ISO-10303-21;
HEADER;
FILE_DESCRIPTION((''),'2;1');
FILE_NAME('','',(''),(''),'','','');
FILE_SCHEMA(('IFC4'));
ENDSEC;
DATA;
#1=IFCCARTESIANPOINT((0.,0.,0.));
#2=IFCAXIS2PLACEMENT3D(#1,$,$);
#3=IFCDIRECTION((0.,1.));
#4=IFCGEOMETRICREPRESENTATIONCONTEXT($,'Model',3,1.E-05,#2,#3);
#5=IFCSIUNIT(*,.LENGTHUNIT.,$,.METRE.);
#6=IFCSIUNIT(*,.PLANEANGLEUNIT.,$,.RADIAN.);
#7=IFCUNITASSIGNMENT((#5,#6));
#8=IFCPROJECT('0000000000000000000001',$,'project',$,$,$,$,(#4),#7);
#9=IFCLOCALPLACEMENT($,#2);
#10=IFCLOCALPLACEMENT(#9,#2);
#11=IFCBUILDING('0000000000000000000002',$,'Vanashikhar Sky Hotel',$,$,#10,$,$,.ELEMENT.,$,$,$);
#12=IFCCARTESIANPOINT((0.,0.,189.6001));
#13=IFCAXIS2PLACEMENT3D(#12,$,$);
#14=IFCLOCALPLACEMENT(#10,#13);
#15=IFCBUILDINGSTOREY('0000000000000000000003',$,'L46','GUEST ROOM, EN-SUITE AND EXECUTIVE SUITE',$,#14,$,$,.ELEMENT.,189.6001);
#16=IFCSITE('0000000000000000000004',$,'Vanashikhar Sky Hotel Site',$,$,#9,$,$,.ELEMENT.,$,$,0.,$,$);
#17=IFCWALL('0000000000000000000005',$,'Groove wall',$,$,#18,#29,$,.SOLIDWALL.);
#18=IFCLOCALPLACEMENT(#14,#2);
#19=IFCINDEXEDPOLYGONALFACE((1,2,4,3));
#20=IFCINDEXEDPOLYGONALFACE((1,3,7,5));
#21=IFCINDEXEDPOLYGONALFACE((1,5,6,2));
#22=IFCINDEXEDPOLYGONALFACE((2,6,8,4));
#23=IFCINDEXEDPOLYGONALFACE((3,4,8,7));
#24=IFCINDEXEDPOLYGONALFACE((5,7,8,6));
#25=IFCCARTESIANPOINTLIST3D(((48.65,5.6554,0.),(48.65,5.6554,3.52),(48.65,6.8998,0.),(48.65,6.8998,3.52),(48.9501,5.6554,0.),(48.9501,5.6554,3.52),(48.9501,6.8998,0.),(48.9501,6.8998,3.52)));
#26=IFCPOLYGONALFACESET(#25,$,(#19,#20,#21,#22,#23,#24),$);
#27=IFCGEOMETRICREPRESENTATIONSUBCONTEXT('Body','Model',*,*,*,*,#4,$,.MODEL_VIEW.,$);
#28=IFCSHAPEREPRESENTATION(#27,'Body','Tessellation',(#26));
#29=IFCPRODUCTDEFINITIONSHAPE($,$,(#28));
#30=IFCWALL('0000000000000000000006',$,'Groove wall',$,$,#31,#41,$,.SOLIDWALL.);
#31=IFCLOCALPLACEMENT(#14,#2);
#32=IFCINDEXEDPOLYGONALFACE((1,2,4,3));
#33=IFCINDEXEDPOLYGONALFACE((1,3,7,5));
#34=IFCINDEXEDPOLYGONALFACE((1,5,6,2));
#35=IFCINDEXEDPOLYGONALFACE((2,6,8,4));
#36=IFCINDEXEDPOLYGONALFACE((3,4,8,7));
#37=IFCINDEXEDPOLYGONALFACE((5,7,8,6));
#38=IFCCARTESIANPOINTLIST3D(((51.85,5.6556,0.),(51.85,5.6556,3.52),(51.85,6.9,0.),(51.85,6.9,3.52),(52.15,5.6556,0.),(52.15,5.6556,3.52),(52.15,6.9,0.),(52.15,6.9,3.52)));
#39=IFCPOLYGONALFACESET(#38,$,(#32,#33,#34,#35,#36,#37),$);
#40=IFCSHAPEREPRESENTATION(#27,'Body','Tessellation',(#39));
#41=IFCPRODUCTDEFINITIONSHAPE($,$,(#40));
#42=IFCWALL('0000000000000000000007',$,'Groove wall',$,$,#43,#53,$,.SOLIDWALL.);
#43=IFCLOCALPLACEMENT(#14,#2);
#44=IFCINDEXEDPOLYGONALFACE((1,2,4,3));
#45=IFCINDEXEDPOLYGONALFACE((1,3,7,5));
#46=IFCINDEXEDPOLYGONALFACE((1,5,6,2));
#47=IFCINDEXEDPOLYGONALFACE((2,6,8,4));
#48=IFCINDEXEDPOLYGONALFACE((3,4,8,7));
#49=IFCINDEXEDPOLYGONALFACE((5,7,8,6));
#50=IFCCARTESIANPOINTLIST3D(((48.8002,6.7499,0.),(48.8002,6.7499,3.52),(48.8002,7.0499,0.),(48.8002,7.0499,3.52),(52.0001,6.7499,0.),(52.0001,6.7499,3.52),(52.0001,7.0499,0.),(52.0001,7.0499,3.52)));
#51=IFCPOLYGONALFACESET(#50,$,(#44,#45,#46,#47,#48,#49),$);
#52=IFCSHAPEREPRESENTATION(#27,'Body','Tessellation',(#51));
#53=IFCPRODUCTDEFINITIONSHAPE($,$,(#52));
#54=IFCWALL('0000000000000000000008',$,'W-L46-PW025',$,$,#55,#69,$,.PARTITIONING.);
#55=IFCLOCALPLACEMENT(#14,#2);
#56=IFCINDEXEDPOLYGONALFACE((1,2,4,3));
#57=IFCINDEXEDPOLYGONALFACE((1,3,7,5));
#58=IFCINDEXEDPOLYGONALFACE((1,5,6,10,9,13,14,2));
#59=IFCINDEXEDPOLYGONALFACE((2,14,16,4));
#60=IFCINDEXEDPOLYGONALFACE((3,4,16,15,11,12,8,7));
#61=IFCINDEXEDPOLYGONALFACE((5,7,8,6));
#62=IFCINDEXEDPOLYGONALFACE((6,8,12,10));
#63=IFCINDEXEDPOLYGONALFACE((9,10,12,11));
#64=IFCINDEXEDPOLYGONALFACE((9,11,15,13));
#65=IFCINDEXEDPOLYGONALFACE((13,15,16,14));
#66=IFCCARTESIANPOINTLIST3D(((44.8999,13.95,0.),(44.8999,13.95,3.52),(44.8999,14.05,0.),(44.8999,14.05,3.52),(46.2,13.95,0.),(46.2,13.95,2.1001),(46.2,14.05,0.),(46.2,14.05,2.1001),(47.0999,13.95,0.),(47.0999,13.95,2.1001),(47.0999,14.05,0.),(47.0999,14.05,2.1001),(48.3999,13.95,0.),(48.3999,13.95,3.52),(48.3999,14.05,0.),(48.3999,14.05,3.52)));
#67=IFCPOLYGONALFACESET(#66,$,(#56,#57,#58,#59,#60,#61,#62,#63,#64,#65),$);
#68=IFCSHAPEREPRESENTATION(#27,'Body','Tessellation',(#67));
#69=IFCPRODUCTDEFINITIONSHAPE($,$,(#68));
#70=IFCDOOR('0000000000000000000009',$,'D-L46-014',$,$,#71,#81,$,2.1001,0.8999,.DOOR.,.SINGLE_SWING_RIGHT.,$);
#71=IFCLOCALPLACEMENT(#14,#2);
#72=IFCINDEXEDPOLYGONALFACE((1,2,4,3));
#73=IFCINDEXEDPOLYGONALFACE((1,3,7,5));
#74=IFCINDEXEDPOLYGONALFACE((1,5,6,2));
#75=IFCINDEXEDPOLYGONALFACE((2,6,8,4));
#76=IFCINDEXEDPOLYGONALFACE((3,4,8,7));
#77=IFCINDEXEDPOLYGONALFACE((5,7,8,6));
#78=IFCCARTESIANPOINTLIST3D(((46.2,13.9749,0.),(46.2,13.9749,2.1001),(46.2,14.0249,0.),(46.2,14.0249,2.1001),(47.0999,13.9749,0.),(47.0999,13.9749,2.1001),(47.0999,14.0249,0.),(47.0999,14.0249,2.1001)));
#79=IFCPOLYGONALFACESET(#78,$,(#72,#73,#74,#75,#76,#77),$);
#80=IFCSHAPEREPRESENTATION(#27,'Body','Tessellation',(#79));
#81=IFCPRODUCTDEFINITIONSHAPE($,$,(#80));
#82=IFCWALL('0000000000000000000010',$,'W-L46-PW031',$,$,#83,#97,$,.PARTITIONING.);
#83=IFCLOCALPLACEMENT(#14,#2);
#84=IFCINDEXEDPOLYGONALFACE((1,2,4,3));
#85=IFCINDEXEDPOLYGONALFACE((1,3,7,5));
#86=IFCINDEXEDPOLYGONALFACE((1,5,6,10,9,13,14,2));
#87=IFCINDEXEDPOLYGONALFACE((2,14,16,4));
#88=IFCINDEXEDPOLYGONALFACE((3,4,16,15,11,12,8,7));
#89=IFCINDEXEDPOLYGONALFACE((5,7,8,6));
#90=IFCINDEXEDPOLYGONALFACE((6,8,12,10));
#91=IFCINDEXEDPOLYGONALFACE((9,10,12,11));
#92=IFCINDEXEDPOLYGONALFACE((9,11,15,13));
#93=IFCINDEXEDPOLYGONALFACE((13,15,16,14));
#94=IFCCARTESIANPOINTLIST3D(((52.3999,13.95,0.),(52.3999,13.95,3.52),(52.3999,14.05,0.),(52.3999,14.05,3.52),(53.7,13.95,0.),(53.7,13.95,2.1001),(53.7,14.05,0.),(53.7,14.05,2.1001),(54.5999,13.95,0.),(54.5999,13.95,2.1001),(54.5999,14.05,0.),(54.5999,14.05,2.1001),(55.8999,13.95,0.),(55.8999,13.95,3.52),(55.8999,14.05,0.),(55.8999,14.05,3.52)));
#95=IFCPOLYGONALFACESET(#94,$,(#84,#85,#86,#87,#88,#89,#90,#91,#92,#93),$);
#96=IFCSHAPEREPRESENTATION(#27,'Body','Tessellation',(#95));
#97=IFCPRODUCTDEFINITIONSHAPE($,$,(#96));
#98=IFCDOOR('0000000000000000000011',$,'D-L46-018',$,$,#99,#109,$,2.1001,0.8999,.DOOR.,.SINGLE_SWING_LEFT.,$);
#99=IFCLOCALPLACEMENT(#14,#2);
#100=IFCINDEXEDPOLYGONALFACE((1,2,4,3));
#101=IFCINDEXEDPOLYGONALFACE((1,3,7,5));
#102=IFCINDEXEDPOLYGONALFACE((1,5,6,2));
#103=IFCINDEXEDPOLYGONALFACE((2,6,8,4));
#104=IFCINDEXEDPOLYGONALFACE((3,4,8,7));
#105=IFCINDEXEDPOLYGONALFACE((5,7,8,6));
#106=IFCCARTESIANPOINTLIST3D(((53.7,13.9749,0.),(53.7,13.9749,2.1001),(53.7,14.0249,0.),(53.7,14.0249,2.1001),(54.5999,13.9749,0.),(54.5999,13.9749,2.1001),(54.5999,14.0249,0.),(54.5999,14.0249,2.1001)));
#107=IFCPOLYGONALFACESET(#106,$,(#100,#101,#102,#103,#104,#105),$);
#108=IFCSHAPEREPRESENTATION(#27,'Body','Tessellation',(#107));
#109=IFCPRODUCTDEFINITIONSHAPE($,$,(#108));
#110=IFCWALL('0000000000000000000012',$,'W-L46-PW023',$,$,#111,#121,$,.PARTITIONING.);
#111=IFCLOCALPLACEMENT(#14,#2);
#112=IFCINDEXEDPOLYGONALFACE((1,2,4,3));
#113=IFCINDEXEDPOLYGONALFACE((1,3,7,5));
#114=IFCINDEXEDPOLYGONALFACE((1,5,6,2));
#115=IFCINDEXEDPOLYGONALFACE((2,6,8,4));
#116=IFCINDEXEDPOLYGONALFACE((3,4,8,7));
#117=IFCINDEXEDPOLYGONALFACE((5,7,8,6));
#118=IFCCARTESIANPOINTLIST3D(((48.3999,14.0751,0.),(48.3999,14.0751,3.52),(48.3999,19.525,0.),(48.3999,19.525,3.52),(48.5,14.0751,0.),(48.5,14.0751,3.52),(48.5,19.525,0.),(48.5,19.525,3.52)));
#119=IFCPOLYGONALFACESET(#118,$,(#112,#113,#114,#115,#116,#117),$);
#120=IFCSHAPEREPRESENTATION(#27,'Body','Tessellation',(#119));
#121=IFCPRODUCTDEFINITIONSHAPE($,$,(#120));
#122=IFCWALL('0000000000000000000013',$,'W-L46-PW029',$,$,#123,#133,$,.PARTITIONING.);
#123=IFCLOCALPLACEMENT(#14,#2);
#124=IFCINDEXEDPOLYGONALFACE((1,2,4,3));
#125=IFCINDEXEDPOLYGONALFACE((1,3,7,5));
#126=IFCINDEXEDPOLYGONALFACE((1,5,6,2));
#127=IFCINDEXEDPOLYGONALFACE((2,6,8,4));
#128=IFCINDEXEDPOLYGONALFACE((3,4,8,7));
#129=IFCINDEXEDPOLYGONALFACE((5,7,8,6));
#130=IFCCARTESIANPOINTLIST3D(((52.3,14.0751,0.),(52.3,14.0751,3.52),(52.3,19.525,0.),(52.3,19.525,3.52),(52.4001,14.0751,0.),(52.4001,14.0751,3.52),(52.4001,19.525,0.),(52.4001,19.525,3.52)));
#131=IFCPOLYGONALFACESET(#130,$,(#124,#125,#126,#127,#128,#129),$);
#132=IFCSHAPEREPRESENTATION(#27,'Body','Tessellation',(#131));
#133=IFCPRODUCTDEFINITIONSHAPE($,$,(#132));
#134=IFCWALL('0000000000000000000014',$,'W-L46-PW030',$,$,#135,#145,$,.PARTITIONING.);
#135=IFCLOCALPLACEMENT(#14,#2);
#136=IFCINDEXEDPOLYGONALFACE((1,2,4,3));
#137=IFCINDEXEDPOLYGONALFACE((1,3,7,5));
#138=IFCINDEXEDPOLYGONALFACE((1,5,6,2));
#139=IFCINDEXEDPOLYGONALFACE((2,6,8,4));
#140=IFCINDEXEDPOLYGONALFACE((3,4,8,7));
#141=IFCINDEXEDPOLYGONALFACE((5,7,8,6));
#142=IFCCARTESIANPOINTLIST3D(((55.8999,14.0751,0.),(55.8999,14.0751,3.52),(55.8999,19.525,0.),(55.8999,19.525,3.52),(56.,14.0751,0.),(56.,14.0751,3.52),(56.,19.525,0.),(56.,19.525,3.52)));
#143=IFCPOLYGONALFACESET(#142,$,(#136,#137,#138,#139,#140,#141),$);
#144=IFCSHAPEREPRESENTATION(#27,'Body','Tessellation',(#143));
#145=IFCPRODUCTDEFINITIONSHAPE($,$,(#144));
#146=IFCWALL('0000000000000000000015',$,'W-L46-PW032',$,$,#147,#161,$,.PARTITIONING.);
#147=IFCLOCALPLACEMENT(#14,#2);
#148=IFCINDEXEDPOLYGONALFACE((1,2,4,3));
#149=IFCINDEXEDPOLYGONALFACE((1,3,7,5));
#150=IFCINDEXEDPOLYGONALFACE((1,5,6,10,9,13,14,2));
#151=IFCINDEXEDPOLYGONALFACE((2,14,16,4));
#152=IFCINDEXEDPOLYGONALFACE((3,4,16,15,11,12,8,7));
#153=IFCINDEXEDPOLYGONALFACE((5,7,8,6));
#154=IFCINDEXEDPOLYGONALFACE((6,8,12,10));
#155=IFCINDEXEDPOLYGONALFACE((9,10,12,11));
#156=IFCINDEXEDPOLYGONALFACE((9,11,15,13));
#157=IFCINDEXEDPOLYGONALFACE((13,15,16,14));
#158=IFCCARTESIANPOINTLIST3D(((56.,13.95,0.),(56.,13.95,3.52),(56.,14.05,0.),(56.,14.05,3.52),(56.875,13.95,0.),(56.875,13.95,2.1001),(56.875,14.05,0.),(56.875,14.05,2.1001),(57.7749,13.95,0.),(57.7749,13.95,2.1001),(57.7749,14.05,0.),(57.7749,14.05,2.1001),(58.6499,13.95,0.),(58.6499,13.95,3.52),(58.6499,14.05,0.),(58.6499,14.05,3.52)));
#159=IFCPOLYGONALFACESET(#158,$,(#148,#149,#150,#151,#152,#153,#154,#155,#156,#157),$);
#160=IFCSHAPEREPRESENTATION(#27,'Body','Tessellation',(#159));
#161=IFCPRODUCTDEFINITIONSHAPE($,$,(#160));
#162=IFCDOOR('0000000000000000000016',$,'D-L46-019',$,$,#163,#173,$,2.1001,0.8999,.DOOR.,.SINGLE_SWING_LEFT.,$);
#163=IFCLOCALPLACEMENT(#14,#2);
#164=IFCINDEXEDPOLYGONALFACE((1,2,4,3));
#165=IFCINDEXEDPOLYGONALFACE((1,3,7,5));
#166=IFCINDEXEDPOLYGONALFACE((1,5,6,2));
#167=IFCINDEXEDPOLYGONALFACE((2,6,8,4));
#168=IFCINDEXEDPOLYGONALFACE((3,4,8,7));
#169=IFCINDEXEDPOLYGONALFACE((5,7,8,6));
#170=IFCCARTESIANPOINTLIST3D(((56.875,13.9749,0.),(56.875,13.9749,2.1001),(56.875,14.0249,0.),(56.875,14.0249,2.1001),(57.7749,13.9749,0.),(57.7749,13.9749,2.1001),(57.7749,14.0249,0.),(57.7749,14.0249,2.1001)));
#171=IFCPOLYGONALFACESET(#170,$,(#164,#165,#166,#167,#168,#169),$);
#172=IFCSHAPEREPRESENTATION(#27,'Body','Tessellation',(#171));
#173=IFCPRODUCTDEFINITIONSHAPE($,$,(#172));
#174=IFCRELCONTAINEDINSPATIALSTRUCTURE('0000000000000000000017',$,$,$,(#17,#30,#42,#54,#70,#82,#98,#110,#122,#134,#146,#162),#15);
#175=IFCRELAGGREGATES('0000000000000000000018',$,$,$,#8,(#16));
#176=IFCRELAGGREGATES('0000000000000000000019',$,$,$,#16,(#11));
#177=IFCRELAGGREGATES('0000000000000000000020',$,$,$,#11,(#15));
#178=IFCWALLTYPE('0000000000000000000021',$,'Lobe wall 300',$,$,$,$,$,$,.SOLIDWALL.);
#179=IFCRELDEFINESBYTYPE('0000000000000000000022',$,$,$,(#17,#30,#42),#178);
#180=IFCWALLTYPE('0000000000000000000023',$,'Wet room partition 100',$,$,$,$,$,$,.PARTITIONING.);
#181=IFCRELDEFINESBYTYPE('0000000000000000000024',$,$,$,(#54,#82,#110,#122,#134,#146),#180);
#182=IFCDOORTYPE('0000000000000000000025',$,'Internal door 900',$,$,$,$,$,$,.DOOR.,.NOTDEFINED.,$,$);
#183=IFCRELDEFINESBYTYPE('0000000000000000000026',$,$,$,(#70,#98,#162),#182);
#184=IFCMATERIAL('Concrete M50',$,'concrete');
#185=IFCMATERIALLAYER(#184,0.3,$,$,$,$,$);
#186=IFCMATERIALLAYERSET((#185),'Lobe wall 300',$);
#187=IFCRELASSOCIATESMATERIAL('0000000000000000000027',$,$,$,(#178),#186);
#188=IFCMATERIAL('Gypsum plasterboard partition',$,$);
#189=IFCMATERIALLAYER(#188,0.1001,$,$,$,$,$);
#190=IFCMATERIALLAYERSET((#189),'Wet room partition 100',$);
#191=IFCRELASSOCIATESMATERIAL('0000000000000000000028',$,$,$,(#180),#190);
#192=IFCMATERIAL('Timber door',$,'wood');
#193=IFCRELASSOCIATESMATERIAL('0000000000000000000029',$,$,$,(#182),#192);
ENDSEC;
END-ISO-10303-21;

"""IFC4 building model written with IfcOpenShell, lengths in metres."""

from ifc_helpers import new_model, si_unit, direction, frame, frame_2d, origin, place, context, subcontext, project, spatial, rectangle, extrude, source, transform, mapped, material, layer, layer_set, type_object, element, fill, save


model = new_model("IFC4")

# Units and contexts
model_context = context("Model", 3, precision=1e-05, world=origin(), true_north=direction((0.0, 1.0)))
body_context = subcontext(model_context, "Body", "Model", "MODEL_VIEW")
ifc_project = project(units=[si_unit("LENGTHUNIT", "METRE"), si_unit("PLANEANGLEUNIT", "RADIAN")], contexts=[model_context])

# Site, building, storey
site_placement = place(None, origin())
site = spatial("IfcSite", under=ifc_project, at=site_placement, Name="Vanashikhar Sky Hotel Site", CompositionType="ELEMENT", RefElevation=0.0)
building_placement = place(site_placement, origin())
building = spatial("IfcBuilding", under=site, at=building_placement, Name="Vanashikhar Sky Hotel", CompositionType="ELEMENT")
storey_placement = place(building_placement, frame((0.0, 0.0, 189.6001)))
storey = spatial("IfcBuildingStorey", under=building, at=storey_placement, Name="L46", Description="GUEST ROOM, EN-SUITE AND EXECUTIVE SUITE", CompositionType="ELEMENT", Elevation=189.6001)

# Shared definitions
ifc_material_1 = material(Name="Concrete M50", Category="concrete")
ifc_layer_1 = layer(ifc_material_1, 0.3)
ifc_layer_set_1 = layer_set([ifc_layer_1], Name="Lobe wall 300")
wall_type_1 = type_object("IfcWallType", Name="Lobe wall 300", PredefinedType="SOLIDWALL", material=ifc_layer_set_1)

# Walls
shared_shape_1 = source(origin(), body_context, "Body", "SweptSolid", [
    extrude(rectangle(XDim=1.2444, YDim=0.3, at=frame_2d((0.6221, 0.0))), origin(), (0.0, 0.0, 1.0), 3.52),
])
for number, where, z_axis, x_axis, name in (
    (1, (48.8, 5.6555, 0.0), (0.0, 0.0, 1.0), (0.0, 1.0, 0.0), "Groove wall"),
    (2, (52.0, 6.8999, 0.0), (0.0, 0.0, 1.0), (0.0, -1.0, 0.0), "Groove wall"),
):
    element("IfcWall", number, at=place(storey_placement, frame(where, z_axis=z_axis, x_axis=x_axis)), inside=storey, type_object=wall_type_1, Name=name, PredefinedType="SOLIDWALL", context=body_context, shape_type="MappedRepresentation", body=[
        mapped(shared_shape_1, transform((0.0, 0.0, 0.0), scale=1.0)),
    ])
shared_shape_2 = source(origin(), body_context, "Body", "SweptSolid", [
    extrude(rectangle(XDim=3.2, YDim=0.3, at=frame_2d((1.6001, 0.0))), origin(), (0.0, 0.0, 1.0), 3.52),
])
wall_1_placement = place(storey_placement, frame((48.8, 6.8999, 0.0), z_axis=(0.0, 0.0, 1.0), x_axis=(1.0, 0.0, 0.0)))
element("IfcWall", 3, at=wall_1_placement, inside=storey, type_object=wall_type_1, Name="Groove wall", PredefinedType="SOLIDWALL", context=body_context, shape_type="MappedRepresentation", body=[
    mapped(shared_shape_2, transform((0.0, 0.0, 0.0), scale=1.0)),
])

# Walls, openings, doors
ifc_material_2 = material(Name="Gypsum plasterboard partition")
ifc_layer_2 = layer(ifc_material_2, 0.1001)
ifc_layer_set_2 = layer_set([ifc_layer_2], Name="Wet room partition 100")
wall_type_2 = type_object("IfcWallType", Name="Wet room partition 100", PredefinedType="PARTITIONING", material=ifc_layer_set_2)
shared_shape_3 = source(origin(), body_context, "Body", "SweptSolid", [
    extrude(rectangle(XDim=3.5, YDim=0.1001, at=frame_2d((1.75, 0.0))), origin(), (0.0, 0.0, 1.0), 3.52),
])
wall_2_placement = place(storey_placement, frame((44.8999, 14.0, 0.0), z_axis=(0.0, 0.0, 1.0), x_axis=(1.0, 0.0, 0.0)))
wall_2 = element("IfcWall", 4, at=wall_2_placement, inside=storey, type_object=wall_type_2, Name="W-L46-PW025", PredefinedType="PARTITIONING", context=body_context, shape_type="MappedRepresentation", body=[
    mapped(shared_shape_3, transform((0.0, 0.0, 0.0), scale=1.0)),
])
shared_shape_4 = source(origin(), body_context, "Body", "SweptSolid", [
    extrude(rectangle(XDim=0.8999, YDim=2.1001, at=frame_2d((0.45, 1.05))), frame((0.0, 0.0601, 0.0), z_axis=(0.0, -1.0, 0.0), x_axis=(1.0, 0.0, 0.0)), (0.0, 0.0, 1.0), 0.1201),
])
opening_1_placement = place(wall_2_placement, frame((1.3, 0.0, 0.0)))
opening_1 = element("IfcOpeningElement", 5, at=opening_1_placement, cuts=wall_2, PredefinedType="OPENING", context=body_context, shape_type="MappedRepresentation", body=[
    mapped(shared_shape_4, transform((0.0, 0.0, 0.0), scale=1.0)),
])
ifc_material_3 = material(Name="Timber door", Category="wood")
door_type = type_object("IfcDoorType", Name="Internal door 900", OperationType="NOTDEFINED", PredefinedType="DOOR", material=ifc_material_3)
shared_shape_5 = source(origin(), body_context, "Body", "SweptSolid", [
    extrude(rectangle(XDim=0.8999, YDim=2.1001, at=frame_2d((0.45, 1.05))), frame((0.0, 0.0249, 0.0), z_axis=(0.0, -1.0, 0.0), x_axis=(1.0, 0.0, 0.0)), (0.0, 0.0, 1.0), 0.05),
])
door_1_placement = place(opening_1_placement, origin())
door_1 = element("IfcDoor", 6, at=door_1_placement, inside=storey, type_object=door_type, Name="D-L46-014", OperationType="SINGLE_SWING_RIGHT", OverallHeight=2.1001, OverallWidth=0.8999, PredefinedType="DOOR", context=body_context, shape_type="MappedRepresentation", body=[
    mapped(shared_shape_5, transform((0.0, 0.0, 0.0), scale=1.0)),
])
fill(opening_1, door_1)
wall_3_placement = place(storey_placement, frame((52.3999, 14.0, 0.0), z_axis=(0.0, 0.0, 1.0), x_axis=(1.0, 0.0, 0.0)))
wall_3 = element("IfcWall", 7, at=wall_3_placement, inside=storey, type_object=wall_type_2, Name="W-L46-PW031", PredefinedType="PARTITIONING", context=body_context, shape_type="MappedRepresentation", body=[
    mapped(shared_shape_3, transform((0.0, 0.0, 0.0), scale=1.0)),
])
opening_2_placement = place(wall_3_placement, frame((1.3, 0.0, 0.0)))
opening_2 = element("IfcOpeningElement", 8, at=opening_2_placement, cuts=wall_3, PredefinedType="OPENING", context=body_context, shape_type="MappedRepresentation", body=[
    mapped(shared_shape_4, transform((0.0, 0.0, 0.0), scale=1.0)),
])
door_2_placement = place(opening_2_placement, origin())
door_2 = element("IfcDoor", 9, at=door_2_placement, inside=storey, type_object=door_type, Name="D-L46-018", OperationType="SINGLE_SWING_LEFT", OverallHeight=2.1001, OverallWidth=0.8999, PredefinedType="DOOR", context=body_context, shape_type="MappedRepresentation", body=[
    mapped(shared_shape_5, transform((0.0, 0.0, 0.0), scale=1.0)),
])
fill(opening_2, door_2)

# Walls
shared_shape_6 = source(origin(), body_context, "Body", "SweptSolid", [
    extrude(rectangle(XDim=5.45, YDim=0.1001, at=frame_2d((2.7251, 0.0))), origin(), (0.0, 0.0, 1.0), 3.52),
])
for number, where, z_axis, x_axis, name in (
    (10, (48.45, 14.075, 0.0), (0.0, 0.0, 1.0), (0.0, 1.0, 0.0), "W-L46-PW023"),
    (11, (52.3501, 14.075, 0.0), (0.0, 0.0, 1.0), (0.0, 1.0, 0.0), "W-L46-PW029"),
    (12, (55.95, 14.075, 0.0), (0.0, 0.0, 1.0), (0.0, 1.0, 0.0), "W-L46-PW030"),
):
    element("IfcWall", number, at=place(storey_placement, frame(where, z_axis=z_axis, x_axis=x_axis)), inside=storey, type_object=wall_type_2, Name=name, PredefinedType="PARTITIONING", context=body_context, shape_type="MappedRepresentation", body=[
        mapped(shared_shape_6, transform((0.0, 0.0, 0.0), scale=1.0)),
    ])

# Wall, opening, door
shared_shape_7 = source(origin(), body_context, "Body", "SweptSolid", [
    extrude(rectangle(XDim=2.6499, YDim=0.1001, at=frame_2d((1.325, 0.0))), origin(), (0.0, 0.0, 1.0), 3.52),
])
wall_4_placement = place(storey_placement, frame((56.0, 14.0, 0.0), z_axis=(0.0, 0.0, 1.0), x_axis=(1.0, 0.0, 0.0)))
wall_4 = element("IfcWall", 13, at=wall_4_placement, inside=storey, type_object=wall_type_2, Name="W-L46-PW032", PredefinedType="PARTITIONING", context=body_context, shape_type="MappedRepresentation", body=[
    mapped(shared_shape_7, transform((0.0, 0.0, 0.0), scale=1.0)),
])
opening_3_placement = place(wall_4_placement, frame((0.875, 0.0, 0.0)))
opening_3 = element("IfcOpeningElement", 14, at=opening_3_placement, cuts=wall_4, PredefinedType="OPENING", context=body_context, shape_type="MappedRepresentation", body=[
    mapped(shared_shape_4, transform((0.0, 0.0, 0.0), scale=1.0)),
])
door_3_placement = place(opening_3_placement, origin())
door_3 = element("IfcDoor", 15, at=door_3_placement, inside=storey, type_object=door_type, Name="D-L46-019", OperationType="SINGLE_SWING_LEFT", OverallHeight=2.1001, OverallWidth=0.8999, PredefinedType="DOOR", context=body_context, shape_type="MappedRepresentation", body=[
    mapped(shared_shape_5, transform((0.0, 0.0, 0.0), scale=1.0)),
])
fill(opening_3, door_3)

save(model, "model.ifc")
